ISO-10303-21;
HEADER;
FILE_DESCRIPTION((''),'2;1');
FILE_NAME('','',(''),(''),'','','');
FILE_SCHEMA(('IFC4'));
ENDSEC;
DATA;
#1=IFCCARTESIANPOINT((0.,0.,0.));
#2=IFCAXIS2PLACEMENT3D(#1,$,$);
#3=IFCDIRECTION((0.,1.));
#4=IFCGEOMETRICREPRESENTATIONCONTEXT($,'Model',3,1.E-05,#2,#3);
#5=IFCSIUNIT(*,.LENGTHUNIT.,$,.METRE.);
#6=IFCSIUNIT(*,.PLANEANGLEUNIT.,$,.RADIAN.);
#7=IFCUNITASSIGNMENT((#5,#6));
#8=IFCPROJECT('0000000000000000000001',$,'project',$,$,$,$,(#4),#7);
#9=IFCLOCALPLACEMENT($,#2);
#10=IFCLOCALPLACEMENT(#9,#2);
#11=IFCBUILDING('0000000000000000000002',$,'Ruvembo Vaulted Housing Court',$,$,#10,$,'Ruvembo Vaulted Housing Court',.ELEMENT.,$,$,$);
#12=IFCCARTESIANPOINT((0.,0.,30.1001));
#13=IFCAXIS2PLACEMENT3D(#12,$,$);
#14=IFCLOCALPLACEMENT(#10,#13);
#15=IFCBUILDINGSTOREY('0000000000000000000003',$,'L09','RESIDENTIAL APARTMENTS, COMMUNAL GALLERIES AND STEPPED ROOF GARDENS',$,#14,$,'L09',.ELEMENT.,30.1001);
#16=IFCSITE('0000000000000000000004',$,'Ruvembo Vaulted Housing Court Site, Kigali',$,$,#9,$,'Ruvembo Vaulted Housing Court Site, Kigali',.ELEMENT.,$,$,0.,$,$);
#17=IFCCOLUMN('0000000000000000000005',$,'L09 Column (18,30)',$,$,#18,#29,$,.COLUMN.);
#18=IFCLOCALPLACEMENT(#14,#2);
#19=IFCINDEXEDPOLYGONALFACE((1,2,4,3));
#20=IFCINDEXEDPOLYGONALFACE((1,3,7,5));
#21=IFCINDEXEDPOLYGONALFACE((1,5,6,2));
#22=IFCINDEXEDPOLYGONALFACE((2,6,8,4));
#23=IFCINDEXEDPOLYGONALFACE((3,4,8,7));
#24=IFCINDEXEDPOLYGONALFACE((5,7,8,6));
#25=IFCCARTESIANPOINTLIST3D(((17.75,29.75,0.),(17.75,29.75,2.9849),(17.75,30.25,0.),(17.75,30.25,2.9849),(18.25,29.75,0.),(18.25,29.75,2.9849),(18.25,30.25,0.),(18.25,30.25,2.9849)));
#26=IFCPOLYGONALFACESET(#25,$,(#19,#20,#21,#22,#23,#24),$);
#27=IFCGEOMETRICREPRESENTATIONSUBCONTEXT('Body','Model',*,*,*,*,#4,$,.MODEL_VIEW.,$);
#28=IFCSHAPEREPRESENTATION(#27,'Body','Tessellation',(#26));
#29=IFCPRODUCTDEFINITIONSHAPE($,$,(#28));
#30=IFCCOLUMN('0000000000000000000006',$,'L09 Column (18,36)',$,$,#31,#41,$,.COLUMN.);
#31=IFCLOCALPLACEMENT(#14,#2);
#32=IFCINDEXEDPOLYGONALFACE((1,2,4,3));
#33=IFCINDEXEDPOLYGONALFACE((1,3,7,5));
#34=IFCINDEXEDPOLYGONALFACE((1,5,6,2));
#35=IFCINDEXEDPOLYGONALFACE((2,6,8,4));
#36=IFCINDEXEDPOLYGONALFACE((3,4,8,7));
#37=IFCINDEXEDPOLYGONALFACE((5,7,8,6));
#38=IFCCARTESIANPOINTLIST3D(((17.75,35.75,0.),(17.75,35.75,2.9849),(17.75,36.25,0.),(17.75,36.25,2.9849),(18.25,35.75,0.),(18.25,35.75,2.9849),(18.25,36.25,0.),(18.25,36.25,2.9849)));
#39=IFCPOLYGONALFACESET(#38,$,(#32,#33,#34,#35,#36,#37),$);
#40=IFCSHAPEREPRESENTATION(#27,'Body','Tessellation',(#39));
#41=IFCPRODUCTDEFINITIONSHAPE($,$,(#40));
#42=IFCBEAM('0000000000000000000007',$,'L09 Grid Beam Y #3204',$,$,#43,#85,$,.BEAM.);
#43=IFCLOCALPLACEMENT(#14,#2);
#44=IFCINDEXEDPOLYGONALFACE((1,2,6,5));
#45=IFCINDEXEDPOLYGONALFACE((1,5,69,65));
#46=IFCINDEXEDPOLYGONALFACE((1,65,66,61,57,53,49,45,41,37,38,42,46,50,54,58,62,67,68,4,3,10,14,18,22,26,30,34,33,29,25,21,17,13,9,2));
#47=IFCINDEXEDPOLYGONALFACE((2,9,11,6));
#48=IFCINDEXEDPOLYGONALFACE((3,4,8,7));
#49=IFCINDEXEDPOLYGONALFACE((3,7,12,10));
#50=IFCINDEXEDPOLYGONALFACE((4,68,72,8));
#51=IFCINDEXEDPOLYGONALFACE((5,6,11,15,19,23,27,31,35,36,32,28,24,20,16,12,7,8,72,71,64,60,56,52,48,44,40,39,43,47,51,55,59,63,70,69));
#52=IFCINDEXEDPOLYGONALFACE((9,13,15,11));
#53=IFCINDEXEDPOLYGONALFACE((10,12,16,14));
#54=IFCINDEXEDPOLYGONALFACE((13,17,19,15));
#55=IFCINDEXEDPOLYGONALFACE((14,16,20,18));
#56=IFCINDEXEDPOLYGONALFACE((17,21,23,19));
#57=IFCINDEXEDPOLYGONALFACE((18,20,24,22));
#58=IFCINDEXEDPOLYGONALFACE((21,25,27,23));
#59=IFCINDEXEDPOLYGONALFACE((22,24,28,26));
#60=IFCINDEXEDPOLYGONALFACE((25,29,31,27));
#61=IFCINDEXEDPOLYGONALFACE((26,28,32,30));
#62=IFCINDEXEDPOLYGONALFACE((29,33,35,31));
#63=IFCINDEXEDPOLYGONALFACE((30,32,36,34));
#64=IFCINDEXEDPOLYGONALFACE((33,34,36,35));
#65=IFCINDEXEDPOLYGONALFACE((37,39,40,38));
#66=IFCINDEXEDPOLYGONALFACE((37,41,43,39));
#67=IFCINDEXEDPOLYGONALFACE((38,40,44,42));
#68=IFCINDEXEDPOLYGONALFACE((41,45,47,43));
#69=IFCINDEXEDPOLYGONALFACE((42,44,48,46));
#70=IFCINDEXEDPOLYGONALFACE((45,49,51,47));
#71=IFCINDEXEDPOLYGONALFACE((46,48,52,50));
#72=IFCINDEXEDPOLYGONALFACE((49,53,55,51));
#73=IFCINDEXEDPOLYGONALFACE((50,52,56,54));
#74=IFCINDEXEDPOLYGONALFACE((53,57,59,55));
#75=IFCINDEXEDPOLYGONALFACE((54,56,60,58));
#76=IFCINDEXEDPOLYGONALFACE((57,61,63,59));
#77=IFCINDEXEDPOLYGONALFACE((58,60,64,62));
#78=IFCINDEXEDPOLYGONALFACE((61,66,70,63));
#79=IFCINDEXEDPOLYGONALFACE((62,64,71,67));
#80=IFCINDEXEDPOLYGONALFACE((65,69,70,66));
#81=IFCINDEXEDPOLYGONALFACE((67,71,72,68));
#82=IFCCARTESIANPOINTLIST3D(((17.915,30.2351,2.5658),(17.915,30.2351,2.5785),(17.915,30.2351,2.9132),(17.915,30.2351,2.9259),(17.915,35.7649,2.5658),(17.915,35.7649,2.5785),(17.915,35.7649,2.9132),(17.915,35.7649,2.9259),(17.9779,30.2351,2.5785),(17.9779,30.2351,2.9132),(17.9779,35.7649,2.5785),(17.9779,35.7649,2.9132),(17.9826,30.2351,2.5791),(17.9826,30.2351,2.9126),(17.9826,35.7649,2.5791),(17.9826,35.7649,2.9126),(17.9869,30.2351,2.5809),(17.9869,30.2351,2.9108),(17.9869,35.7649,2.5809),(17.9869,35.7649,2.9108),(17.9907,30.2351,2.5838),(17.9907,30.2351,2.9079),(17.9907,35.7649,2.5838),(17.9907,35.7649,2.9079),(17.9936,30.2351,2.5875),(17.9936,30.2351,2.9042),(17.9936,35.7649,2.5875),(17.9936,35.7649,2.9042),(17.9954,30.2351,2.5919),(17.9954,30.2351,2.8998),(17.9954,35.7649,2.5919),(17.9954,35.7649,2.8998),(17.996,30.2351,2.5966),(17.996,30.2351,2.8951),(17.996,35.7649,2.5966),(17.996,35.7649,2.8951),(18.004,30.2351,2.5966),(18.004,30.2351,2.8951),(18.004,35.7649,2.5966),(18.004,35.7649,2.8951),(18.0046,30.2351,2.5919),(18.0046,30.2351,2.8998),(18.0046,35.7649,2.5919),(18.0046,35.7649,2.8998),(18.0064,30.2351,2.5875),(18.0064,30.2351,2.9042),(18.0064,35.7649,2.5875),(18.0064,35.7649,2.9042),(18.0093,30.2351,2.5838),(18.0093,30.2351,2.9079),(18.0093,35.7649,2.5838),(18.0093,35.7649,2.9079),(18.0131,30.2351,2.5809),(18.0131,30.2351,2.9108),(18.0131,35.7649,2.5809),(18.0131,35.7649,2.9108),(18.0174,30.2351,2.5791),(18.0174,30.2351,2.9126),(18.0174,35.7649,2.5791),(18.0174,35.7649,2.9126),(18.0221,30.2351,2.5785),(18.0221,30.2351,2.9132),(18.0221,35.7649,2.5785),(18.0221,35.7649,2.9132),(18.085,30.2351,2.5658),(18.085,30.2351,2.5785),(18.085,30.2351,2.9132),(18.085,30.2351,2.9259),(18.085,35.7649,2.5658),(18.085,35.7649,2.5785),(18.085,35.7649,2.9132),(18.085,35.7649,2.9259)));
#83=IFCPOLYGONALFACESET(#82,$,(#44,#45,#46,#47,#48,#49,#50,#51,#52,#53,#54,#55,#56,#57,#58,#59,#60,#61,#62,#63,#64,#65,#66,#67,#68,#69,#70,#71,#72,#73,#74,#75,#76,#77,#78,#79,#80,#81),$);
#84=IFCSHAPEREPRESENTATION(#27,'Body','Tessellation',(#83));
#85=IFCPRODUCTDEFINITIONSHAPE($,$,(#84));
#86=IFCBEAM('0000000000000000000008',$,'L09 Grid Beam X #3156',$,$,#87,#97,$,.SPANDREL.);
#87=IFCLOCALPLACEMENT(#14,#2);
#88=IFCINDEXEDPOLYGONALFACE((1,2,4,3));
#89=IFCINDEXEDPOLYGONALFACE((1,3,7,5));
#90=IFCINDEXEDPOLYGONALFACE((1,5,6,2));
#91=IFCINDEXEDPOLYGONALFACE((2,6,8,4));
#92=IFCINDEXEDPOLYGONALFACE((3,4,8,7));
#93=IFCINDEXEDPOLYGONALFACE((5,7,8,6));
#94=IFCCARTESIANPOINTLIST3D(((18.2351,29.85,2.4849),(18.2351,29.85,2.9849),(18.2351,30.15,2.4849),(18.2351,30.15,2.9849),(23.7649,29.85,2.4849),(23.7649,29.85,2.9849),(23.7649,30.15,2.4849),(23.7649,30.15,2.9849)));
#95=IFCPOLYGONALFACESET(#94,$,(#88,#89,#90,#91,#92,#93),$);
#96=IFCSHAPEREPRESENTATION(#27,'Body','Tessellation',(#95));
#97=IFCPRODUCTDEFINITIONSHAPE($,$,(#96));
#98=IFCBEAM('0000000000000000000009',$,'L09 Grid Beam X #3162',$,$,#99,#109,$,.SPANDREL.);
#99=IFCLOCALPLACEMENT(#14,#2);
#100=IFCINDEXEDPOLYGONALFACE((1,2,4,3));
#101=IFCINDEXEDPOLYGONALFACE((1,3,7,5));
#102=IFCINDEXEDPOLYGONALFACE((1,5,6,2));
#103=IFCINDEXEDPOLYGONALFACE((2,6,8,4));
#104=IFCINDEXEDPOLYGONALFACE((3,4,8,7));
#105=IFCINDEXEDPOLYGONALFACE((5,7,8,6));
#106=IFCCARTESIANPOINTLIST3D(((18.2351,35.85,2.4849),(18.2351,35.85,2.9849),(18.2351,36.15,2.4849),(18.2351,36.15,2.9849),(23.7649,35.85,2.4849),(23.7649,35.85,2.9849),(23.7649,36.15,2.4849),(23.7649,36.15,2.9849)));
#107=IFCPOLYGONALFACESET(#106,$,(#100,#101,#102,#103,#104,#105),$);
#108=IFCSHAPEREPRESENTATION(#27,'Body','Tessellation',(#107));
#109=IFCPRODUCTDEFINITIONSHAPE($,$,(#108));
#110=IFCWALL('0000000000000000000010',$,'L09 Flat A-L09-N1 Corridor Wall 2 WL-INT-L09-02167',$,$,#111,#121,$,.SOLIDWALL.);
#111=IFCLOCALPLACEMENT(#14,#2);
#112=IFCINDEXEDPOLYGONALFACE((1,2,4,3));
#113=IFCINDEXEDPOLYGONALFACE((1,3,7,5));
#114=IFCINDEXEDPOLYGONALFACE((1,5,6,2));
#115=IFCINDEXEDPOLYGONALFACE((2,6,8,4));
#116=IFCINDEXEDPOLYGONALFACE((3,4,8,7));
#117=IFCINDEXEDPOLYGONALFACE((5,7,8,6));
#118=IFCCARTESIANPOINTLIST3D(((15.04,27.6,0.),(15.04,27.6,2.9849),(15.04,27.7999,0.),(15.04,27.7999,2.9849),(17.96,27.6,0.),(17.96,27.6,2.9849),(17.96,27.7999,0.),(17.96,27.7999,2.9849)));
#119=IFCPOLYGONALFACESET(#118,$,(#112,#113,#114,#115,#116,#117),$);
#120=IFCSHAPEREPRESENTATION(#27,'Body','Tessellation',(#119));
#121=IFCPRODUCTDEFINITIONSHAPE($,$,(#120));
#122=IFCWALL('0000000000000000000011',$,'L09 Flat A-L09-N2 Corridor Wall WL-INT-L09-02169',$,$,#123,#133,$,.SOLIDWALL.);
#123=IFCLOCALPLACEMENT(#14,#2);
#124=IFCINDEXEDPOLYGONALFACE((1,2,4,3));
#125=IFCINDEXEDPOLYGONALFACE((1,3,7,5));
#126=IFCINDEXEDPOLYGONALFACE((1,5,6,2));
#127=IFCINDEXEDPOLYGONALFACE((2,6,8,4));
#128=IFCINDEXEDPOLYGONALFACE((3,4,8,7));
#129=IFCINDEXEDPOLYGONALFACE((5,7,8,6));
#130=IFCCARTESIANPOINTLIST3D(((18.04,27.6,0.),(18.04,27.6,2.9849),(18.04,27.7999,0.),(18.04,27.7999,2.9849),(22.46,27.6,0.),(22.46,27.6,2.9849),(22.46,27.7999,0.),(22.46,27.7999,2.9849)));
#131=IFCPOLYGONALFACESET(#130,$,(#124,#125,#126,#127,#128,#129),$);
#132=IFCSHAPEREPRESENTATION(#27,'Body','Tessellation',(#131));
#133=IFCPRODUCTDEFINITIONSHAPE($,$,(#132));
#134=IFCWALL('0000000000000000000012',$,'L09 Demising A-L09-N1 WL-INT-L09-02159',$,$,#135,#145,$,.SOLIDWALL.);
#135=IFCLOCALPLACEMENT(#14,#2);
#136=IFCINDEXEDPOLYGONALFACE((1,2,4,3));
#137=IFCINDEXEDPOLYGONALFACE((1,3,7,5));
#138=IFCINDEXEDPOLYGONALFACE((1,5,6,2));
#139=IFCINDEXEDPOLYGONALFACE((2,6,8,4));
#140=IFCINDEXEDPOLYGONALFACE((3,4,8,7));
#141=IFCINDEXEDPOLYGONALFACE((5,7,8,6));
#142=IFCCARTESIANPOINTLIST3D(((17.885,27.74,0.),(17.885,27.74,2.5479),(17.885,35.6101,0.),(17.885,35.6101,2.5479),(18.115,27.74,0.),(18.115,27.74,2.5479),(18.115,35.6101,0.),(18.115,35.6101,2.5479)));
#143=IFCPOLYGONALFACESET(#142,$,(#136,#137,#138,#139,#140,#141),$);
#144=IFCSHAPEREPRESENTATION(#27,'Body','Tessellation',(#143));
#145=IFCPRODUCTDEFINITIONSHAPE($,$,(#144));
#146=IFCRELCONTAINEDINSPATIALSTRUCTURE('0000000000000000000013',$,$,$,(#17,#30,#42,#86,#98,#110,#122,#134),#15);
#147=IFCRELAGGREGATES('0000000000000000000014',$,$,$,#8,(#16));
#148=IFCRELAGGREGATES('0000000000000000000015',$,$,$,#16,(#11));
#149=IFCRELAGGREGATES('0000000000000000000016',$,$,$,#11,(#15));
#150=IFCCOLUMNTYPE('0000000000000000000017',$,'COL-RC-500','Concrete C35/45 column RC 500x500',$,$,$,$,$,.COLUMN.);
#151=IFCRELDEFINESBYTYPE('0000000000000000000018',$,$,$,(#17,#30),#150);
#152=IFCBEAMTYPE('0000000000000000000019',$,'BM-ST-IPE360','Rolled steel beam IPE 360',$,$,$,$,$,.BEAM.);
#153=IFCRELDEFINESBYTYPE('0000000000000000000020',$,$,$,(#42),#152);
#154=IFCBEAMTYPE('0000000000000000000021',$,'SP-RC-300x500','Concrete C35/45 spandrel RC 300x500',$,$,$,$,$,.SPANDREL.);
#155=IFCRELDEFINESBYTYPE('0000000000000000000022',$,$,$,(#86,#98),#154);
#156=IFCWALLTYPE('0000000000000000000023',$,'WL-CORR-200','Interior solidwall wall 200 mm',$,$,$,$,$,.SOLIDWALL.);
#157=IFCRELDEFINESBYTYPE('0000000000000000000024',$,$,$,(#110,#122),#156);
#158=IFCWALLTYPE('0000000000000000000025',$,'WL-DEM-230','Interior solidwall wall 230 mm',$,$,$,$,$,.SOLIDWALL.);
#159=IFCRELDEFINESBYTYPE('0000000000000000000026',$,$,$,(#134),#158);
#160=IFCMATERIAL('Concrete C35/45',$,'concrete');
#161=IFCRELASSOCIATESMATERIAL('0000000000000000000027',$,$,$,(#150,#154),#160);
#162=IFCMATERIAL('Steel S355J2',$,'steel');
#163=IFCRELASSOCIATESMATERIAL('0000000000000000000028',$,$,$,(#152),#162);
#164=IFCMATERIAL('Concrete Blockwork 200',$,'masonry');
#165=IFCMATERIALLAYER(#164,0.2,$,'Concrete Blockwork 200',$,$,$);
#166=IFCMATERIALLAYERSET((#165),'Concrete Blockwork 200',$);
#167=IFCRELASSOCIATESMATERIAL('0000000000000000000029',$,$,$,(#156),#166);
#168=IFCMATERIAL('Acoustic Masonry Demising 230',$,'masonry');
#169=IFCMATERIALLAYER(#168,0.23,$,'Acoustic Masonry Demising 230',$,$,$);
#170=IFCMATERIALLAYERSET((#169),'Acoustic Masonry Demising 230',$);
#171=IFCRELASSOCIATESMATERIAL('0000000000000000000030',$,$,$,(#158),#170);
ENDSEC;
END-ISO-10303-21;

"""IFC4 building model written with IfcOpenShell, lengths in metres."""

from ifc_helpers import new_model, si_unit, direction, frame, frame_2d, origin, origin_2d, place, context, subcontext, project, spatial, rectangle, i_section, extrude, material, layer, layer_set, material_profile, profile_set, type_object, element, save


model = new_model("IFC4")

# Units and contexts
model_context = context("Model", 3, precision=1e-05, world=origin(), true_north=direction((0.0, 1.0)))
body_context = subcontext(model_context, "Body", "Model", "MODEL_VIEW")
ifc_project = project(units=[si_unit("LENGTHUNIT", "METRE"), si_unit("PLANEANGLEUNIT", "RADIAN")], contexts=[model_context])

# Site, building, storey
site_placement = place(None, origin())
site = spatial("IfcSite", under=ifc_project, at=site_placement, Name="Ruvembo Vaulted Housing Court Site, Kigali", LongName="Ruvembo Vaulted Housing Court Site, Kigali", CompositionType="ELEMENT", RefElevation=0.0)
building_placement = place(site_placement, origin())
building = spatial("IfcBuilding", under=site, at=building_placement, Name="Ruvembo Vaulted Housing Court", LongName="Ruvembo Vaulted Housing Court", CompositionType="ELEMENT")
storey_placement = place(building_placement, frame((0.0, 0.0, 30.1001)))
storey = spatial("IfcBuildingStorey", under=building, at=storey_placement, Name="L09", Description="RESIDENTIAL APARTMENTS, COMMUNAL GALLERIES AND STEPPED ROOF GARDENS", LongName="L09", CompositionType="ELEMENT", Elevation=30.1001)

# Columns
ifc_material_1 = material(Name="Concrete C35/45", Category="concrete")
ifc_material_profile_1 = material_profile(ifc_material_1, rectangle(XDim=0.5, YDim=0.5, at=origin_2d()), Name="RC 500x500")
ifc_profile_set_1 = profile_set([ifc_material_profile_1], Name="Concrete C35/45")
column_type = type_object("IfcColumnType", Name="COL-RC-500", Description="Concrete C35/45 column RC 500x500", PredefinedType="COLUMN", material=ifc_profile_set_1)
for number, where, z_axis, x_axis, name in (
    (1, (18.0, 30.0, 0.0), (0.0, 0.0, 1.0), (1.0, 0.0, 0.0), "L09 Column (18,30)"),
    (2, (18.0, 36.0, 0.0), (0.0, 0.0, 1.0), (1.0, 0.0, 0.0), "L09 Column (18,36)"),
):
    element("IfcColumn", number, at=place(storey_placement, frame(where, z_axis=z_axis, x_axis=x_axis)), inside=storey, type_object=column_type, Name=name, PredefinedType="COLUMN", context=body_context, shape_type="SweptSolid", body=[
        extrude(rectangle(XDim=0.5, YDim=0.5, at=origin_2d()), origin(), (0.0, 0.0, 1.0), 2.9849),
    ])

# Beams
ifc_material_2 = material(Name="Steel S355J2", Category="steel")
ifc_material_profile_2 = material_profile(ifc_material_2, i_section(OverallWidth=0.1699, OverallDepth=0.3601, WebThickness=0.0081, FlangeThickness=0.0127, FilletRadius=0.0181, at=origin_2d()), Name="IPE 360")
ifc_profile_set_2 = profile_set([ifc_material_profile_2], Name="Steel S355J2")
beam_type_1 = type_object("IfcBeamType", Name="BM-ST-IPE360", Description="Rolled steel beam IPE 360", PredefinedType="BEAM", material=ifc_profile_set_2)
beam_placement = place(storey_placement, frame((18.0, 30.2351, 2.7458), z_axis=(0.0, 1.0, 0.0), x_axis=(-1.0, 0.0, 0.0)))
element("IfcBeam", 3, at=beam_placement, inside=storey, type_object=beam_type_1, Name="L09 Grid Beam Y #3204", PredefinedType="BEAM", context=body_context, shape_type="SweptSolid", body=[
    extrude(i_section(OverallWidth=0.1699, OverallDepth=0.3601, WebThickness=0.0081, FlangeThickness=0.0127, FilletRadius=0.0181, at=origin_2d()), origin(), (0.0, 0.0, 1.0), 5.5298),
])
ifc_material_profile_3 = material_profile(ifc_material_1, rectangle(XDim=0.3, YDim=0.5, at=origin_2d()), Name="RC 300x500")
ifc_profile_set_3 = profile_set([ifc_material_profile_3], Name="Concrete C35/45")
beam_type_2 = type_object("IfcBeamType", Name="SP-RC-300x500", Description="Concrete C35/45 spandrel RC 300x500", PredefinedType="SPANDREL", material=ifc_profile_set_3)
for number, where, z_axis, x_axis, name in (
    (4, (18.2351, 30.0, 2.7349), (1.0, 0.0, 0.0), (0.0, 1.0, 0.0), "L09 Grid Beam X #3156"),
    (5, (18.2351, 36.0, 2.7349), (1.0, 0.0, 0.0), (0.0, 1.0, 0.0), "L09 Grid Beam X #3162"),
):
    element("IfcBeam", number, at=place(storey_placement, frame(where, z_axis=z_axis, x_axis=x_axis)), inside=storey, type_object=beam_type_2, Name=name, PredefinedType="SPANDREL", context=body_context, shape_type="SweptSolid", body=[
        extrude(rectangle(XDim=0.3, YDim=0.5, at=origin_2d()), origin(), (0.0, 0.0, 1.0), 5.5298),
    ])

# Walls
ifc_material_3 = material(Name="Concrete Blockwork 200", Category="masonry")
ifc_layer_1 = layer(ifc_material_3, 0.2, Name="Concrete Blockwork 200")
ifc_layer_set_1 = layer_set([ifc_layer_1], Name="Concrete Blockwork 200")
wall_type_1 = type_object("IfcWallType", Name="WL-CORR-200", Description="Interior solidwall wall 200 mm", PredefinedType="SOLIDWALL", material=ifc_layer_set_1)
wall_1_placement = place(storey_placement, frame((15.04, 27.7, 0.0), z_axis=(0.0, 0.0, 1.0), x_axis=(1.0, 0.0, 0.0)))
element("IfcWall", 6, at=wall_1_placement, inside=storey, type_object=wall_type_1, Name="L09 Flat A-L09-N1 Corridor Wall 2 WL-INT-L09-02167", PredefinedType="SOLIDWALL", context=body_context, shape_type="SweptSolid", body=[
    extrude(rectangle(XDim=2.9199, YDim=0.2, at=frame_2d((1.46, 0.0))), origin(), (0.0, 0.0, 1.0), 2.9849),
])
wall_2_placement = place(storey_placement, frame((18.04, 27.7, 0.0), z_axis=(0.0, 0.0, 1.0), x_axis=(1.0, 0.0, 0.0)))
element("IfcWall", 7, at=wall_2_placement, inside=storey, type_object=wall_type_1, Name="L09 Flat A-L09-N2 Corridor Wall WL-INT-L09-02169", PredefinedType="SOLIDWALL", context=body_context, shape_type="SweptSolid", body=[
    extrude(rectangle(XDim=4.4199, YDim=0.2, at=frame_2d((2.21, 0.0))), origin(), (0.0, 0.0, 1.0), 2.9849),
])
ifc_material_4 = material(Name="Acoustic Masonry Demising 230", Category="masonry")
ifc_layer_2 = layer(ifc_material_4, 0.23, Name="Acoustic Masonry Demising 230")
ifc_layer_set_2 = layer_set([ifc_layer_2], Name="Acoustic Masonry Demising 230")
wall_type_2 = type_object("IfcWallType", Name="WL-DEM-230", Description="Interior solidwall wall 230 mm", PredefinedType="SOLIDWALL", material=ifc_layer_set_2)
wall_3_placement = place(storey_placement, frame((18.0, 27.74, 0.0), z_axis=(0.0, 0.0, 1.0), x_axis=(0.0, 1.0, 0.0)))
element("IfcWall", 8, at=wall_3_placement, inside=storey, type_object=wall_type_2, Name="L09 Demising A-L09-N1 WL-INT-L09-02159", PredefinedType="SOLIDWALL", context=body_context, shape_type="SweptSolid", body=[
    extrude(rectangle(XDim=7.8701, YDim=0.23, at=frame_2d((3.9351, 0.0))), origin(), (0.0, 0.0, 1.0), 2.5479),
])

save(model, "model.ifc")
